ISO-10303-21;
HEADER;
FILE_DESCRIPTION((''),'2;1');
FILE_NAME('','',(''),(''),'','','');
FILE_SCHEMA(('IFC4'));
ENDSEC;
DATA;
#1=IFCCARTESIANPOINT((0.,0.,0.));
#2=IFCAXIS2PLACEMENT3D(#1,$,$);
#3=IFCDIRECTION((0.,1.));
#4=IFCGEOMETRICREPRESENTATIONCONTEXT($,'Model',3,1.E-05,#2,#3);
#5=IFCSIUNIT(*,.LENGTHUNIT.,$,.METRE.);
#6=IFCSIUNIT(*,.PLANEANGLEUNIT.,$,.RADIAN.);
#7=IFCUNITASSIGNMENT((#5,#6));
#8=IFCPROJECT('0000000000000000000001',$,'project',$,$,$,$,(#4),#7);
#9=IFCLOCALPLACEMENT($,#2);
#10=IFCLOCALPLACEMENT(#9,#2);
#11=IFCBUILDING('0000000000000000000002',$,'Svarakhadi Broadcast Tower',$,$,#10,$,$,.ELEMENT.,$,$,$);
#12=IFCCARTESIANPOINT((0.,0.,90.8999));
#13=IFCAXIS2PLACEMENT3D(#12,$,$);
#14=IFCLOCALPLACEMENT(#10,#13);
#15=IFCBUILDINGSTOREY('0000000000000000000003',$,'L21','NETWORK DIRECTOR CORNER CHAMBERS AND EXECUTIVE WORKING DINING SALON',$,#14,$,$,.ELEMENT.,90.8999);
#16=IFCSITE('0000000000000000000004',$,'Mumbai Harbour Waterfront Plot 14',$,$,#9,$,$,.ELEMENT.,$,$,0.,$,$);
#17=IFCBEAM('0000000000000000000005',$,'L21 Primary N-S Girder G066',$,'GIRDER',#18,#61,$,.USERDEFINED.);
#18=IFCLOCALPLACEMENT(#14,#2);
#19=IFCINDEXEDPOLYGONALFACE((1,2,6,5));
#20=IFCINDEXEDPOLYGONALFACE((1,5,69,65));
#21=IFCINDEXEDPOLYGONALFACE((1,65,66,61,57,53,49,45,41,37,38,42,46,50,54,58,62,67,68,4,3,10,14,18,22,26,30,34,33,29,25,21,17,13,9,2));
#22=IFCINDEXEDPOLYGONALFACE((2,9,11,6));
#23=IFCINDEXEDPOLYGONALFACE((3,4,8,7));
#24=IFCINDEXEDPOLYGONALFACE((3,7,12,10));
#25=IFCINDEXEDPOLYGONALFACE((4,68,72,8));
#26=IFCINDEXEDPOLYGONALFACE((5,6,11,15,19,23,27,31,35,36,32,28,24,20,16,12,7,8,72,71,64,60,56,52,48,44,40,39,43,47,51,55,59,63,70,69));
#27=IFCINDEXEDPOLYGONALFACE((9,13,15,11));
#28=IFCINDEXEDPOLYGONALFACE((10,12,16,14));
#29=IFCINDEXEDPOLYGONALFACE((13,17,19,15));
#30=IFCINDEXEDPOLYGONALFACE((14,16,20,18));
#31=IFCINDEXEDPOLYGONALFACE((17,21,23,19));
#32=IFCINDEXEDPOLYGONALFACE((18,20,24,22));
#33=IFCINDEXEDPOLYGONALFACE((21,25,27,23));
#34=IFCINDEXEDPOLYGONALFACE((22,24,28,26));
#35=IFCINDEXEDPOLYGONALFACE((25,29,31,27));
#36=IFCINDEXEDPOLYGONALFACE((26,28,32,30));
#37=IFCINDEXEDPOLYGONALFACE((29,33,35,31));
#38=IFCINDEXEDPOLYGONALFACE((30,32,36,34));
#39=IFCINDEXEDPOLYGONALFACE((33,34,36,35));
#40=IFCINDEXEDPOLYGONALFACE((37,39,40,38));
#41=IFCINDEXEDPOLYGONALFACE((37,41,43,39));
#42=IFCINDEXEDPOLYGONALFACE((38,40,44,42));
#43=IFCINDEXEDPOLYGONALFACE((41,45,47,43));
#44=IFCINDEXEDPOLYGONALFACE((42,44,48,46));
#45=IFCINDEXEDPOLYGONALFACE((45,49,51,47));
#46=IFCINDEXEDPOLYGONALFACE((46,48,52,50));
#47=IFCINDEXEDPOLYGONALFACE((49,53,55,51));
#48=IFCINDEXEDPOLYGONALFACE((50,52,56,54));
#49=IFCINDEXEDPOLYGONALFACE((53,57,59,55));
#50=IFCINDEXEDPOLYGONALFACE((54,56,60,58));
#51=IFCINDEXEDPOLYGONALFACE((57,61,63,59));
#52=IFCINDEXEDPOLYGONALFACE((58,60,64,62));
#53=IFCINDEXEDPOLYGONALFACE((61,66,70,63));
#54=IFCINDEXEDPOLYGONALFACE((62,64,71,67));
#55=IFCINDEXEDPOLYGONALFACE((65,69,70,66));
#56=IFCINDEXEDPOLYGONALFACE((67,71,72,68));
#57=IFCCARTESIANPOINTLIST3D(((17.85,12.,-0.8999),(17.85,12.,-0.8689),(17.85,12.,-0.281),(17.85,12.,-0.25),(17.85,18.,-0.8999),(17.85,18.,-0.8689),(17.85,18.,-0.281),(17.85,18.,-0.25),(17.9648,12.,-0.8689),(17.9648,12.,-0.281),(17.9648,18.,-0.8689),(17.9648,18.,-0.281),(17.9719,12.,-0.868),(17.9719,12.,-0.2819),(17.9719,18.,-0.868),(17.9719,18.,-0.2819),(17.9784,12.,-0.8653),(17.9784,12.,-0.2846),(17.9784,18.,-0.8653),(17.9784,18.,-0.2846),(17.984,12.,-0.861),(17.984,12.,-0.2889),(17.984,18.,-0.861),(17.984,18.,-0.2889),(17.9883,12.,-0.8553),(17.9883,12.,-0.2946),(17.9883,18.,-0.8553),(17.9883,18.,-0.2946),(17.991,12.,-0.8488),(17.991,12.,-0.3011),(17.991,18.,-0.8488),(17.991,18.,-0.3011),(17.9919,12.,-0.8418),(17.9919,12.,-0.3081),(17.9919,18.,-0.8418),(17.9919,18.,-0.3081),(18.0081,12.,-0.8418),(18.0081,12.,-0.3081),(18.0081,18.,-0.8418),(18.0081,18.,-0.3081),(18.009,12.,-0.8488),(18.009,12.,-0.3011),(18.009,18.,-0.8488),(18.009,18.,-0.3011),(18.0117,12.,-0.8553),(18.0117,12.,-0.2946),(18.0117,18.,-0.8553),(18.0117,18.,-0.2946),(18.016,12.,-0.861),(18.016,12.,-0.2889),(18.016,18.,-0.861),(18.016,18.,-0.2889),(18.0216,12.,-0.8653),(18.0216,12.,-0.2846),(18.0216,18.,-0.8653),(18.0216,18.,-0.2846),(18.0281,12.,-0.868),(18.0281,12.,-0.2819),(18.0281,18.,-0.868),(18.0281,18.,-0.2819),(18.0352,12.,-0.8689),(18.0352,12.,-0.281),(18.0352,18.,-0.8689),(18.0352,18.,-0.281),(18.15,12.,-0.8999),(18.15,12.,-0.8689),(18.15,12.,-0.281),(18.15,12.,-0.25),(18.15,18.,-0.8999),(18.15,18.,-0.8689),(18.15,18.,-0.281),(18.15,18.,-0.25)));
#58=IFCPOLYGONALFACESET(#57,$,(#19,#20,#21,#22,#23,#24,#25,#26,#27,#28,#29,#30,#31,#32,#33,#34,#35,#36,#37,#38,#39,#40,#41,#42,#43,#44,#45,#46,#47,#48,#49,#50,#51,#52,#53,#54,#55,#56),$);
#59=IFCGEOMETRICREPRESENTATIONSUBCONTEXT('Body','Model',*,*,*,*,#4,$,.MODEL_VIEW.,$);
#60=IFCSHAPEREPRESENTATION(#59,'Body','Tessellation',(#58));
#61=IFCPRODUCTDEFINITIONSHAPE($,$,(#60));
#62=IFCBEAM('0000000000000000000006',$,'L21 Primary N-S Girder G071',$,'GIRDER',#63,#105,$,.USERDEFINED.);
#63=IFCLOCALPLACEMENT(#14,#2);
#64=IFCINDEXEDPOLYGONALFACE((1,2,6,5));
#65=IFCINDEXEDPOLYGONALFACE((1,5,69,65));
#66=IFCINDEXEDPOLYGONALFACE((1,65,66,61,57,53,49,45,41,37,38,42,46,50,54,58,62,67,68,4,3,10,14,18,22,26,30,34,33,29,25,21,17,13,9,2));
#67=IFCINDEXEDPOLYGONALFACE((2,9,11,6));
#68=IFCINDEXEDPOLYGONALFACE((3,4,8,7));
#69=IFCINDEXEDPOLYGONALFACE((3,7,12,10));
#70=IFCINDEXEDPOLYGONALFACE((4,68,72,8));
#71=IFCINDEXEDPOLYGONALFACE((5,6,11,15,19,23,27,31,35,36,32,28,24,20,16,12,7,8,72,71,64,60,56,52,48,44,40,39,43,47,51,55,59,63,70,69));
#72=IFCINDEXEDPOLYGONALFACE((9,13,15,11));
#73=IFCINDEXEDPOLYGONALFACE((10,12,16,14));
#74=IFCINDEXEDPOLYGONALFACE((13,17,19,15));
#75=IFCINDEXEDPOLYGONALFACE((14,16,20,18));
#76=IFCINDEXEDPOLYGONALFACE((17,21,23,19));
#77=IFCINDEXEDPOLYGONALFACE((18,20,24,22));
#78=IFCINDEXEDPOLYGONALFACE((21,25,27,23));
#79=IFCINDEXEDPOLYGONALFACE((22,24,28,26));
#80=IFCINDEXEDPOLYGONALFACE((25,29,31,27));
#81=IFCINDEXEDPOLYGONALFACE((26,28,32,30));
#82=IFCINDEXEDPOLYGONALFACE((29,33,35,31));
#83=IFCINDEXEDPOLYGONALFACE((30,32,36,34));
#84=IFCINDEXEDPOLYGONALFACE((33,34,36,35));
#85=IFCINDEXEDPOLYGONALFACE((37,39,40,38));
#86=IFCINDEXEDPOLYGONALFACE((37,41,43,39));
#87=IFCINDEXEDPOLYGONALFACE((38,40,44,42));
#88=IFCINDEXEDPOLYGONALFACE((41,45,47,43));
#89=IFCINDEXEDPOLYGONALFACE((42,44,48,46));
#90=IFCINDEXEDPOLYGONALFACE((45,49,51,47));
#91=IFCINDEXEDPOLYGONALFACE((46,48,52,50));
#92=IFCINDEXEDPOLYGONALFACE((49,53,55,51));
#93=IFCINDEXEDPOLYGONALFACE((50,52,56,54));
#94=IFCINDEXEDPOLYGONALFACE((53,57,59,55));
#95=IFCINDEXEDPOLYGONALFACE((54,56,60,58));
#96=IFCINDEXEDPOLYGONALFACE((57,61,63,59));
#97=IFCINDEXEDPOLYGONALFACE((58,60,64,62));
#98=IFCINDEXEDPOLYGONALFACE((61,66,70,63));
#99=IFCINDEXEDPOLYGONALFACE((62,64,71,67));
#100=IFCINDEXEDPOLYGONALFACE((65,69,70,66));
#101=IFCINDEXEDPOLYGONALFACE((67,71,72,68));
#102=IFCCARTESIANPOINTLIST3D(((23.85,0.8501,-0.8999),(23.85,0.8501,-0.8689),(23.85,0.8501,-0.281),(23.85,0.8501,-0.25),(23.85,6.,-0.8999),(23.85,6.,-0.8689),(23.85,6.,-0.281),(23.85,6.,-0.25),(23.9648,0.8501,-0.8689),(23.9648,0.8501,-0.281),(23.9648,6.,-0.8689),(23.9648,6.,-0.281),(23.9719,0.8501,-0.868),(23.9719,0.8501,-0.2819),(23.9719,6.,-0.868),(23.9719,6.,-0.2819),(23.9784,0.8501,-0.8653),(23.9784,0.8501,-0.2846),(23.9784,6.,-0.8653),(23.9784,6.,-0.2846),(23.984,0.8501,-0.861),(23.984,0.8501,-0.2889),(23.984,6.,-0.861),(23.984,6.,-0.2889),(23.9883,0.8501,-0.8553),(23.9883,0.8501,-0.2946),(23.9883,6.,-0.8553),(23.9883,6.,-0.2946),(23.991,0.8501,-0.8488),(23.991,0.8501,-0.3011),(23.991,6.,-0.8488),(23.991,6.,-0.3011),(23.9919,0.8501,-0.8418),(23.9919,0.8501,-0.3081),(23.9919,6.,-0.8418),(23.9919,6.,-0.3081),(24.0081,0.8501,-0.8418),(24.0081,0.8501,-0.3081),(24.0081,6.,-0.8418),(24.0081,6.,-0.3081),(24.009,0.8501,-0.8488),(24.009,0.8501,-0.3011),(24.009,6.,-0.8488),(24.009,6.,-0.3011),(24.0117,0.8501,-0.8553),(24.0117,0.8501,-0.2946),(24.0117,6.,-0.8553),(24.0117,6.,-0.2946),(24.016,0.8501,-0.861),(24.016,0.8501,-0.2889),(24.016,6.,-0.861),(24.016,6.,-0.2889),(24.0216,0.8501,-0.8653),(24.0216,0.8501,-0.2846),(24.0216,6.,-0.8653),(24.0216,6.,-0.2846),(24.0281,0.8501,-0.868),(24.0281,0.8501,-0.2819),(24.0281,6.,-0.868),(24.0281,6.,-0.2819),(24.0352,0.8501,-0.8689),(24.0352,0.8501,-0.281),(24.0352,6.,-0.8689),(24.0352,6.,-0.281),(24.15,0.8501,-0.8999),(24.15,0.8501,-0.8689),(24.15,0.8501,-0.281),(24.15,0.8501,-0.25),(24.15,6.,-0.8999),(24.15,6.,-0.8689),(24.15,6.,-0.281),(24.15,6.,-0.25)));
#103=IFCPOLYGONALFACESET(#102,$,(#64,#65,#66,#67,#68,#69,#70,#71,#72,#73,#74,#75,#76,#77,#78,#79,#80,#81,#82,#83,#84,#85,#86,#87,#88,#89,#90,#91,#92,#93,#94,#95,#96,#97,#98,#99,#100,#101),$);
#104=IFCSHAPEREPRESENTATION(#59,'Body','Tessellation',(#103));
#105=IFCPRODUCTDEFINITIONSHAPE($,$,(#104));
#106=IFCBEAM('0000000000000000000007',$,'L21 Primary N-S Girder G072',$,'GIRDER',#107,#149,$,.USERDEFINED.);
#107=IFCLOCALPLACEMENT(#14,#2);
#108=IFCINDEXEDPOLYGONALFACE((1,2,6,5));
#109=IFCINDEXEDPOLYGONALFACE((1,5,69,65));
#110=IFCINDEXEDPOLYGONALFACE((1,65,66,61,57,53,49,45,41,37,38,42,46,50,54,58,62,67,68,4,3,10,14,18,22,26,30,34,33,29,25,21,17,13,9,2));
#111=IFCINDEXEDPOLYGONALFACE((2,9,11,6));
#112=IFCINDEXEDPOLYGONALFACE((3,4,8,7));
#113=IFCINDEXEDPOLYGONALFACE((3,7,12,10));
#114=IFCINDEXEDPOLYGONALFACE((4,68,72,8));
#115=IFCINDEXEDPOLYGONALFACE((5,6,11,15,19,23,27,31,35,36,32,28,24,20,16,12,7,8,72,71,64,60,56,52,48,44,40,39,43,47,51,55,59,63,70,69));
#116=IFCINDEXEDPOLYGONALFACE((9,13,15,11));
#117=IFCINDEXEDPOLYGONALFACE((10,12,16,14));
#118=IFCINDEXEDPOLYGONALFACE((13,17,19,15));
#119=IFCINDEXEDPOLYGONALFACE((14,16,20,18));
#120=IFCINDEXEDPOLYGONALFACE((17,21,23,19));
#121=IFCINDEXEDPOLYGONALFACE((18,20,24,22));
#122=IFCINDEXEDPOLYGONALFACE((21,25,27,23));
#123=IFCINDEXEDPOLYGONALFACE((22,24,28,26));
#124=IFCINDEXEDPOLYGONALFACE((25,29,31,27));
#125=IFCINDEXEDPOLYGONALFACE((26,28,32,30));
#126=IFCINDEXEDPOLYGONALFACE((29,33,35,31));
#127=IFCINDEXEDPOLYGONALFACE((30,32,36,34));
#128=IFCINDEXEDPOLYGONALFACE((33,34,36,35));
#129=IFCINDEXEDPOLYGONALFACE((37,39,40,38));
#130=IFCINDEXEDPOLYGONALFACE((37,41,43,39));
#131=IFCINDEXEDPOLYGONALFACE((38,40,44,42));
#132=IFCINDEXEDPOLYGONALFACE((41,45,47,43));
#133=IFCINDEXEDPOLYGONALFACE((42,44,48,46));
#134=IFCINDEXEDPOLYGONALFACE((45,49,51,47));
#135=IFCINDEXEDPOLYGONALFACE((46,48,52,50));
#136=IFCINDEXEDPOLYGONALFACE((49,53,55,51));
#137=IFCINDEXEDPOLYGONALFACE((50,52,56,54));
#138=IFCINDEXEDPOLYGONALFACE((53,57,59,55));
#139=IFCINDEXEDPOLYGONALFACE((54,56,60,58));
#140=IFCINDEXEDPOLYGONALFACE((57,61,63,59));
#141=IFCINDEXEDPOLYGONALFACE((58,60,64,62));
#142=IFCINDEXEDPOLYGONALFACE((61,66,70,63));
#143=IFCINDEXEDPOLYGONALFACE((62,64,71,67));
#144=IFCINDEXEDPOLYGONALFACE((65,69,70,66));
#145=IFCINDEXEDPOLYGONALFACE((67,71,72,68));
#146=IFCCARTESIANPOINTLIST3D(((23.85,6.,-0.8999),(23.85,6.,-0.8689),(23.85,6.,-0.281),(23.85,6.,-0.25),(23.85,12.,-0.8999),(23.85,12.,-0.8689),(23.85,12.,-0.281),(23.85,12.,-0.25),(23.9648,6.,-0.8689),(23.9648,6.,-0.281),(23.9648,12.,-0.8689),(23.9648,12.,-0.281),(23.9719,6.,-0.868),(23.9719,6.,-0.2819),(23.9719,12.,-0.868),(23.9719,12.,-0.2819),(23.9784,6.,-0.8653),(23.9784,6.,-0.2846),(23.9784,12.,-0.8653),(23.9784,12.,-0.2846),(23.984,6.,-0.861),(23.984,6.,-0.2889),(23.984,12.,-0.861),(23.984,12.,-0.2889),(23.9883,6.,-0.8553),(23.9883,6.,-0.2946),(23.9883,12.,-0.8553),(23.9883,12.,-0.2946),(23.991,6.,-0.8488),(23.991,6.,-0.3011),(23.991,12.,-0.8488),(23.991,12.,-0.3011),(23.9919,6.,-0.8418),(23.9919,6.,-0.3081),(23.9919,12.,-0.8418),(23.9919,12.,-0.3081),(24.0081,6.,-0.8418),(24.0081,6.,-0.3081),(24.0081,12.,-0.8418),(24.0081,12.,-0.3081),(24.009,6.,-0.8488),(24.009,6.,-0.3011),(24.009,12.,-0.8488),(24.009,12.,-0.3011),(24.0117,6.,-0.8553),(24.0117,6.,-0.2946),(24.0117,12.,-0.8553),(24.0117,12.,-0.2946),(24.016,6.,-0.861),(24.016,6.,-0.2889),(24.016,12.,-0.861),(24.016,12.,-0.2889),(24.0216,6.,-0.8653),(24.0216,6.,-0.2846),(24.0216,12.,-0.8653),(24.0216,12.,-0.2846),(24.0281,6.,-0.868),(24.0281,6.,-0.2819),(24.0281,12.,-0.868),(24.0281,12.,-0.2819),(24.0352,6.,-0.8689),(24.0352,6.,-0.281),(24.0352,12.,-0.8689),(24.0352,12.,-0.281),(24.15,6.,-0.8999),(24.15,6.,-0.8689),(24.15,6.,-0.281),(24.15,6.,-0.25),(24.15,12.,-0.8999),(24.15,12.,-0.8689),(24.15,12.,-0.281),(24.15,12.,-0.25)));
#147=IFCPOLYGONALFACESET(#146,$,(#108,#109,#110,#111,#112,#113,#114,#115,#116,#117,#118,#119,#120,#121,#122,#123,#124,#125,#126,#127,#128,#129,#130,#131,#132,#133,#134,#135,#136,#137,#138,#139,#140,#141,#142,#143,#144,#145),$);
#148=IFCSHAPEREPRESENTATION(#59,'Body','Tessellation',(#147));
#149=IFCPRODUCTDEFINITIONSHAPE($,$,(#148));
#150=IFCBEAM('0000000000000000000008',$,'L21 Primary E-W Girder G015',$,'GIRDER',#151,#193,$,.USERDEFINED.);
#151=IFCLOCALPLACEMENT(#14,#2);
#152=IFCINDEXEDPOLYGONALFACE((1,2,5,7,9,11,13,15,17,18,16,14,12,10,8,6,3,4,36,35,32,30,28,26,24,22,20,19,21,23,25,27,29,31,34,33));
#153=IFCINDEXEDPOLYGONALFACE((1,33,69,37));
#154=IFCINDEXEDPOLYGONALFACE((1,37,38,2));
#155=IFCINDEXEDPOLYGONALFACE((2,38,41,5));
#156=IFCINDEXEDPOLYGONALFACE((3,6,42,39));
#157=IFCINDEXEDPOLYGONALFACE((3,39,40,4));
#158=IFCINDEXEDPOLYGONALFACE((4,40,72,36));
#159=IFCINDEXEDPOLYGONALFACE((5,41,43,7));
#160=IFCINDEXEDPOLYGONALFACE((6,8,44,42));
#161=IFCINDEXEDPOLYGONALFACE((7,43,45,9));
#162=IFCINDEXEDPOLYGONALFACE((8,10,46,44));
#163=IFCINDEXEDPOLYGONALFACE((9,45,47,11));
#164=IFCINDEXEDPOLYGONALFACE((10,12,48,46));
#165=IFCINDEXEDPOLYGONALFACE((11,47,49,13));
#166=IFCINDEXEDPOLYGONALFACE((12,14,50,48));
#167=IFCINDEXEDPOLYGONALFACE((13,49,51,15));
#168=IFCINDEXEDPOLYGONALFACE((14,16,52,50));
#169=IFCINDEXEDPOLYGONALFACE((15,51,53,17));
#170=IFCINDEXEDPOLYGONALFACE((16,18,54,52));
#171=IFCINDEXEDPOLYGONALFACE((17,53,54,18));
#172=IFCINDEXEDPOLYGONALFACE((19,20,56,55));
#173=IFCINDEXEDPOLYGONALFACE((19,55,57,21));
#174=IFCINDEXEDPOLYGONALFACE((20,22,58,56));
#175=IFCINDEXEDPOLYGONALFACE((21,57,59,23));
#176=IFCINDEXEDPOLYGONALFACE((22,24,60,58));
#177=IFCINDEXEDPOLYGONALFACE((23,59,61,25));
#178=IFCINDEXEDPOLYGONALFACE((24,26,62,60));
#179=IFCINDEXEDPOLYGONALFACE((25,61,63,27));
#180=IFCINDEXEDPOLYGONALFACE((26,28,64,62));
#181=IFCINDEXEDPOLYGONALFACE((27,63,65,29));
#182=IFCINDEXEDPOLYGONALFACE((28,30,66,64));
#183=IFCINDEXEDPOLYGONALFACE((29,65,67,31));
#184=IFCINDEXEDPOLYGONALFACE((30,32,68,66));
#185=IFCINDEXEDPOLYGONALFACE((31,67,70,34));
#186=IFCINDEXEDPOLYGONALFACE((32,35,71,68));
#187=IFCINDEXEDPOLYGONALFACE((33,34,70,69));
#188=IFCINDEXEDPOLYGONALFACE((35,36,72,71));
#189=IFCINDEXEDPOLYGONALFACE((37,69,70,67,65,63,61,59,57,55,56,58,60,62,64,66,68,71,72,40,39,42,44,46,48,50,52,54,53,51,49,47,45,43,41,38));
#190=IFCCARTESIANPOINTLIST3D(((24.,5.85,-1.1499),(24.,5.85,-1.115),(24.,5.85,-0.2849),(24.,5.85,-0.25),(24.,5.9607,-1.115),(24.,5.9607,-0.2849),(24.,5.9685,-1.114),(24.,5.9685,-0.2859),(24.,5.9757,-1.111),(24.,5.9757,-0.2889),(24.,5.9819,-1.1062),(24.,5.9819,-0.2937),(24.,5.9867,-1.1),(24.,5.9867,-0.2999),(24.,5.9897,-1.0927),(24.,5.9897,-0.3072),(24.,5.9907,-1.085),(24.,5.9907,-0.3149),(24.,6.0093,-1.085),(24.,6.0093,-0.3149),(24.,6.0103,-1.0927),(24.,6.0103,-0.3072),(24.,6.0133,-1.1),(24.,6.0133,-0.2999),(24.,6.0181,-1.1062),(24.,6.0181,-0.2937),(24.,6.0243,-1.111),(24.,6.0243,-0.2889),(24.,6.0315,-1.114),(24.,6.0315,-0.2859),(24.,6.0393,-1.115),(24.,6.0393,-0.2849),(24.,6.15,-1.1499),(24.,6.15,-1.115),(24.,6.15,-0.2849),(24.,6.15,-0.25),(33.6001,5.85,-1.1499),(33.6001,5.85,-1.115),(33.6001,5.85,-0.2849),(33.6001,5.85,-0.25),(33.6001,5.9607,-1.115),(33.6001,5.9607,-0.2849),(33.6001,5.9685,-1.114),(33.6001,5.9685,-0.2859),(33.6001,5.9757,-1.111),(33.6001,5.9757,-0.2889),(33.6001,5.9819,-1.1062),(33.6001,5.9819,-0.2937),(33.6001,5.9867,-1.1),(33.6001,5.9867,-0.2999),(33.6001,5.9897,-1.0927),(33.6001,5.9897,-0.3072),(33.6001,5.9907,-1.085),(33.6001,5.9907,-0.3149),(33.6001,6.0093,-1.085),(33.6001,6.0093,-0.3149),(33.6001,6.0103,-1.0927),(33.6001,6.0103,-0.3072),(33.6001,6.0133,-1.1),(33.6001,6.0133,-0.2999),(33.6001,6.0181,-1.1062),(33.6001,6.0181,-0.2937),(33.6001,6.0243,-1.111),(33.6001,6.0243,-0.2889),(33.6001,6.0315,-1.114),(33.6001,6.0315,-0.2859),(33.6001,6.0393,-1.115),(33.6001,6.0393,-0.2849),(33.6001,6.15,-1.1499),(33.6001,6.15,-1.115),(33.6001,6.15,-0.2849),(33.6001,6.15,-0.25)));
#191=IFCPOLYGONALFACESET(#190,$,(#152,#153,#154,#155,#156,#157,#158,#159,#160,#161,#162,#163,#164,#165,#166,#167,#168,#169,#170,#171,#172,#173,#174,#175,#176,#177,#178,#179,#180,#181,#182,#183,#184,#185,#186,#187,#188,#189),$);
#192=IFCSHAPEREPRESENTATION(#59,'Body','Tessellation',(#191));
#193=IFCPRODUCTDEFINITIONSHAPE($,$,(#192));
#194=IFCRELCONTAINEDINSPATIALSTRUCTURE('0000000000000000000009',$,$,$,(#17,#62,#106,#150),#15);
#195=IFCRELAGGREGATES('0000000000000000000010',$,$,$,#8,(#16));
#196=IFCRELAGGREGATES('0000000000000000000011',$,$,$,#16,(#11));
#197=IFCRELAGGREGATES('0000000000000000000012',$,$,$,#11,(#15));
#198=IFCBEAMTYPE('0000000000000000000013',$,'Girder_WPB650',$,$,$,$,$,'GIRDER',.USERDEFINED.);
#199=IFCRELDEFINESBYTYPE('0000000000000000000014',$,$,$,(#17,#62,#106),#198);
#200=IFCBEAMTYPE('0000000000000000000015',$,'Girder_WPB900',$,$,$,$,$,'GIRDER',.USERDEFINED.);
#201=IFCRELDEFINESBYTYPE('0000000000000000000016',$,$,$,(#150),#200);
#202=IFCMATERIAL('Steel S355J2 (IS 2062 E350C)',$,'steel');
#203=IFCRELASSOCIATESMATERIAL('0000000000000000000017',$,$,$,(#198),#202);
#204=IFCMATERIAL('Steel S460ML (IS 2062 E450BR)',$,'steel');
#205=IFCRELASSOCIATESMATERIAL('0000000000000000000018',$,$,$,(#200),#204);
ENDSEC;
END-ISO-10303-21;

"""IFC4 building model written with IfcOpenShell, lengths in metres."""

from ifc_helpers import new_model, si_unit, direction, frame, origin, origin_2d, place, context, subcontext, project, spatial, i_section, extrude, material, material_profile, profile_set, type_object, element, save


model = new_model("IFC4")

# Units and contexts
model_context = context("Model", 3, precision=1e-05, world=origin(), true_north=direction((0.0, 1.0)))
body_context = subcontext(model_context, "Body", "Model", "MODEL_VIEW")
ifc_project = project(units=[si_unit("LENGTHUNIT", "METRE"), si_unit("PLANEANGLEUNIT", "RADIAN")], contexts=[model_context])

# Site, building, storey
site_placement = place(None, origin())
site = spatial("IfcSite", under=ifc_project, at=site_placement, Name="Mumbai Harbour Waterfront Plot 14", CompositionType="ELEMENT", RefElevation=0.0)
building_placement = place(site_placement, origin())
building = spatial("IfcBuilding", under=site, at=building_placement, Name="Svarakhadi Broadcast Tower", CompositionType="ELEMENT")
storey_placement = place(building_placement, frame((0.0, 0.0, 90.8999)))
storey = spatial("IfcBuildingStorey", under=building, at=storey_placement, Name="L21", Description="NETWORK DIRECTOR CORNER CHAMBERS AND EXECUTIVE WORKING DINING SALON", CompositionType="ELEMENT", Elevation=90.8999)

# Shared definitions
ifc_material_1 = material(Name="Steel S355J2 (IS 2062 E350C)", Category="steel")

# Shared definitions
ifc_material_2 = material(Name="Steel S460ML (IS 2062 E450BR)", Category="steel")

# Beams
ifc_material_profile_1 = material_profile(ifc_material_1, i_section(OverallWidth=0.3, OverallDepth=0.6499, WebThickness=0.0161, FlangeThickness=0.031, FilletRadius=0.0271, at=origin_2d()), Name="WPB 650x300x225")
ifc_profile_set_1 = profile_set([ifc_material_profile_1], Name="Steel S355J2 (IS 2062 E350C)")
beam_type_1 = type_object("IfcBeamType", Name="Girder_WPB650", ElementType="GIRDER", PredefinedType="USERDEFINED", material=ifc_profile_set_1)
for number, where, z_axis, x_axis, name in (
    (1, (18.0, 12.0, -0.575), (0.0, 1.0, 0.0), (-1.0, 0.0, 0.0), "L21 Primary N-S Girder G066"),
):
    element("IfcBeam", number, at=place(storey_placement, frame(where, z_axis=z_axis, x_axis=x_axis)), inside=storey, type_object=beam_type_1, Name=name, ObjectType="GIRDER", PredefinedType="USERDEFINED", context=body_context, shape_type="SweptSolid", body=[
        extrude(i_section(OverallWidth=0.3, OverallDepth=0.6499, WebThickness=0.0161, FlangeThickness=0.031, FilletRadius=0.0271, at=origin_2d()), origin(), (0.0, 0.0, 1.0), 6.0),
    ])
beam_1_placement = place(storey_placement, frame((24.0, 0.8501, -0.575), z_axis=(0.0, 1.0, 0.0), x_axis=(-1.0, 0.0, 0.0)))
element("IfcBeam", 2, at=beam_1_placement, inside=storey, type_object=beam_type_1, Name="L21 Primary N-S Girder G071", ObjectType="GIRDER", PredefinedType="USERDEFINED", context=body_context, shape_type="SweptSolid", body=[
    extrude(i_section(OverallWidth=0.3, OverallDepth=0.6499, WebThickness=0.0161, FlangeThickness=0.031, FilletRadius=0.0271, at=origin_2d()), origin(), (0.0, 0.0, 1.0), 5.1499),
])
beam_2_placement = place(storey_placement, frame((24.0, 6.0, -0.575), z_axis=(0.0, 1.0, 0.0), x_axis=(-1.0, 0.0, 0.0)))
element("IfcBeam", 3, at=beam_2_placement, inside=storey, type_object=beam_type_1, Name="L21 Primary N-S Girder G072", ObjectType="GIRDER", PredefinedType="USERDEFINED", context=body_context, shape_type="SweptSolid", body=[
    extrude(i_section(OverallWidth=0.3, OverallDepth=0.6499, WebThickness=0.0161, FlangeThickness=0.031, FilletRadius=0.0271, at=origin_2d()), origin(), (0.0, 0.0, 1.0), 6.0),
])
ifc_material_profile_2 = material_profile(ifc_material_2, i_section(OverallWidth=0.3, OverallDepth=0.8999, WebThickness=0.0186, FlangeThickness=0.0349, FilletRadius=0.03, at=origin_2d()), Name="WPB 900x300x291")
ifc_profile_set_2 = profile_set([ifc_material_profile_2], Name="Steel S460ML (IS 2062 E450BR)")
beam_type_2 = type_object("IfcBeamType", Name="Girder_WPB900", ElementType="GIRDER", PredefinedType="USERDEFINED", material=ifc_profile_set_2)
beam_3_placement = place(storey_placement, frame((24.0, 6.0, -0.7), z_axis=(1.0, 0.0, 0.0), x_axis=(0.0, 1.0, 0.0)))
element("IfcBeam", 4, at=beam_3_placement, inside=storey, type_object=beam_type_2, Name="L21 Primary E-W Girder G015", ObjectType="GIRDER", PredefinedType="USERDEFINED", context=body_context, shape_type="SweptSolid", body=[
    extrude(i_section(OverallWidth=0.3, OverallDepth=0.8999, WebThickness=0.0186, FlangeThickness=0.0349, FilletRadius=0.03, at=origin_2d()), origin(), (0.0, 0.0, 1.0), 9.6001),
])

save(model, "model.ifc")
